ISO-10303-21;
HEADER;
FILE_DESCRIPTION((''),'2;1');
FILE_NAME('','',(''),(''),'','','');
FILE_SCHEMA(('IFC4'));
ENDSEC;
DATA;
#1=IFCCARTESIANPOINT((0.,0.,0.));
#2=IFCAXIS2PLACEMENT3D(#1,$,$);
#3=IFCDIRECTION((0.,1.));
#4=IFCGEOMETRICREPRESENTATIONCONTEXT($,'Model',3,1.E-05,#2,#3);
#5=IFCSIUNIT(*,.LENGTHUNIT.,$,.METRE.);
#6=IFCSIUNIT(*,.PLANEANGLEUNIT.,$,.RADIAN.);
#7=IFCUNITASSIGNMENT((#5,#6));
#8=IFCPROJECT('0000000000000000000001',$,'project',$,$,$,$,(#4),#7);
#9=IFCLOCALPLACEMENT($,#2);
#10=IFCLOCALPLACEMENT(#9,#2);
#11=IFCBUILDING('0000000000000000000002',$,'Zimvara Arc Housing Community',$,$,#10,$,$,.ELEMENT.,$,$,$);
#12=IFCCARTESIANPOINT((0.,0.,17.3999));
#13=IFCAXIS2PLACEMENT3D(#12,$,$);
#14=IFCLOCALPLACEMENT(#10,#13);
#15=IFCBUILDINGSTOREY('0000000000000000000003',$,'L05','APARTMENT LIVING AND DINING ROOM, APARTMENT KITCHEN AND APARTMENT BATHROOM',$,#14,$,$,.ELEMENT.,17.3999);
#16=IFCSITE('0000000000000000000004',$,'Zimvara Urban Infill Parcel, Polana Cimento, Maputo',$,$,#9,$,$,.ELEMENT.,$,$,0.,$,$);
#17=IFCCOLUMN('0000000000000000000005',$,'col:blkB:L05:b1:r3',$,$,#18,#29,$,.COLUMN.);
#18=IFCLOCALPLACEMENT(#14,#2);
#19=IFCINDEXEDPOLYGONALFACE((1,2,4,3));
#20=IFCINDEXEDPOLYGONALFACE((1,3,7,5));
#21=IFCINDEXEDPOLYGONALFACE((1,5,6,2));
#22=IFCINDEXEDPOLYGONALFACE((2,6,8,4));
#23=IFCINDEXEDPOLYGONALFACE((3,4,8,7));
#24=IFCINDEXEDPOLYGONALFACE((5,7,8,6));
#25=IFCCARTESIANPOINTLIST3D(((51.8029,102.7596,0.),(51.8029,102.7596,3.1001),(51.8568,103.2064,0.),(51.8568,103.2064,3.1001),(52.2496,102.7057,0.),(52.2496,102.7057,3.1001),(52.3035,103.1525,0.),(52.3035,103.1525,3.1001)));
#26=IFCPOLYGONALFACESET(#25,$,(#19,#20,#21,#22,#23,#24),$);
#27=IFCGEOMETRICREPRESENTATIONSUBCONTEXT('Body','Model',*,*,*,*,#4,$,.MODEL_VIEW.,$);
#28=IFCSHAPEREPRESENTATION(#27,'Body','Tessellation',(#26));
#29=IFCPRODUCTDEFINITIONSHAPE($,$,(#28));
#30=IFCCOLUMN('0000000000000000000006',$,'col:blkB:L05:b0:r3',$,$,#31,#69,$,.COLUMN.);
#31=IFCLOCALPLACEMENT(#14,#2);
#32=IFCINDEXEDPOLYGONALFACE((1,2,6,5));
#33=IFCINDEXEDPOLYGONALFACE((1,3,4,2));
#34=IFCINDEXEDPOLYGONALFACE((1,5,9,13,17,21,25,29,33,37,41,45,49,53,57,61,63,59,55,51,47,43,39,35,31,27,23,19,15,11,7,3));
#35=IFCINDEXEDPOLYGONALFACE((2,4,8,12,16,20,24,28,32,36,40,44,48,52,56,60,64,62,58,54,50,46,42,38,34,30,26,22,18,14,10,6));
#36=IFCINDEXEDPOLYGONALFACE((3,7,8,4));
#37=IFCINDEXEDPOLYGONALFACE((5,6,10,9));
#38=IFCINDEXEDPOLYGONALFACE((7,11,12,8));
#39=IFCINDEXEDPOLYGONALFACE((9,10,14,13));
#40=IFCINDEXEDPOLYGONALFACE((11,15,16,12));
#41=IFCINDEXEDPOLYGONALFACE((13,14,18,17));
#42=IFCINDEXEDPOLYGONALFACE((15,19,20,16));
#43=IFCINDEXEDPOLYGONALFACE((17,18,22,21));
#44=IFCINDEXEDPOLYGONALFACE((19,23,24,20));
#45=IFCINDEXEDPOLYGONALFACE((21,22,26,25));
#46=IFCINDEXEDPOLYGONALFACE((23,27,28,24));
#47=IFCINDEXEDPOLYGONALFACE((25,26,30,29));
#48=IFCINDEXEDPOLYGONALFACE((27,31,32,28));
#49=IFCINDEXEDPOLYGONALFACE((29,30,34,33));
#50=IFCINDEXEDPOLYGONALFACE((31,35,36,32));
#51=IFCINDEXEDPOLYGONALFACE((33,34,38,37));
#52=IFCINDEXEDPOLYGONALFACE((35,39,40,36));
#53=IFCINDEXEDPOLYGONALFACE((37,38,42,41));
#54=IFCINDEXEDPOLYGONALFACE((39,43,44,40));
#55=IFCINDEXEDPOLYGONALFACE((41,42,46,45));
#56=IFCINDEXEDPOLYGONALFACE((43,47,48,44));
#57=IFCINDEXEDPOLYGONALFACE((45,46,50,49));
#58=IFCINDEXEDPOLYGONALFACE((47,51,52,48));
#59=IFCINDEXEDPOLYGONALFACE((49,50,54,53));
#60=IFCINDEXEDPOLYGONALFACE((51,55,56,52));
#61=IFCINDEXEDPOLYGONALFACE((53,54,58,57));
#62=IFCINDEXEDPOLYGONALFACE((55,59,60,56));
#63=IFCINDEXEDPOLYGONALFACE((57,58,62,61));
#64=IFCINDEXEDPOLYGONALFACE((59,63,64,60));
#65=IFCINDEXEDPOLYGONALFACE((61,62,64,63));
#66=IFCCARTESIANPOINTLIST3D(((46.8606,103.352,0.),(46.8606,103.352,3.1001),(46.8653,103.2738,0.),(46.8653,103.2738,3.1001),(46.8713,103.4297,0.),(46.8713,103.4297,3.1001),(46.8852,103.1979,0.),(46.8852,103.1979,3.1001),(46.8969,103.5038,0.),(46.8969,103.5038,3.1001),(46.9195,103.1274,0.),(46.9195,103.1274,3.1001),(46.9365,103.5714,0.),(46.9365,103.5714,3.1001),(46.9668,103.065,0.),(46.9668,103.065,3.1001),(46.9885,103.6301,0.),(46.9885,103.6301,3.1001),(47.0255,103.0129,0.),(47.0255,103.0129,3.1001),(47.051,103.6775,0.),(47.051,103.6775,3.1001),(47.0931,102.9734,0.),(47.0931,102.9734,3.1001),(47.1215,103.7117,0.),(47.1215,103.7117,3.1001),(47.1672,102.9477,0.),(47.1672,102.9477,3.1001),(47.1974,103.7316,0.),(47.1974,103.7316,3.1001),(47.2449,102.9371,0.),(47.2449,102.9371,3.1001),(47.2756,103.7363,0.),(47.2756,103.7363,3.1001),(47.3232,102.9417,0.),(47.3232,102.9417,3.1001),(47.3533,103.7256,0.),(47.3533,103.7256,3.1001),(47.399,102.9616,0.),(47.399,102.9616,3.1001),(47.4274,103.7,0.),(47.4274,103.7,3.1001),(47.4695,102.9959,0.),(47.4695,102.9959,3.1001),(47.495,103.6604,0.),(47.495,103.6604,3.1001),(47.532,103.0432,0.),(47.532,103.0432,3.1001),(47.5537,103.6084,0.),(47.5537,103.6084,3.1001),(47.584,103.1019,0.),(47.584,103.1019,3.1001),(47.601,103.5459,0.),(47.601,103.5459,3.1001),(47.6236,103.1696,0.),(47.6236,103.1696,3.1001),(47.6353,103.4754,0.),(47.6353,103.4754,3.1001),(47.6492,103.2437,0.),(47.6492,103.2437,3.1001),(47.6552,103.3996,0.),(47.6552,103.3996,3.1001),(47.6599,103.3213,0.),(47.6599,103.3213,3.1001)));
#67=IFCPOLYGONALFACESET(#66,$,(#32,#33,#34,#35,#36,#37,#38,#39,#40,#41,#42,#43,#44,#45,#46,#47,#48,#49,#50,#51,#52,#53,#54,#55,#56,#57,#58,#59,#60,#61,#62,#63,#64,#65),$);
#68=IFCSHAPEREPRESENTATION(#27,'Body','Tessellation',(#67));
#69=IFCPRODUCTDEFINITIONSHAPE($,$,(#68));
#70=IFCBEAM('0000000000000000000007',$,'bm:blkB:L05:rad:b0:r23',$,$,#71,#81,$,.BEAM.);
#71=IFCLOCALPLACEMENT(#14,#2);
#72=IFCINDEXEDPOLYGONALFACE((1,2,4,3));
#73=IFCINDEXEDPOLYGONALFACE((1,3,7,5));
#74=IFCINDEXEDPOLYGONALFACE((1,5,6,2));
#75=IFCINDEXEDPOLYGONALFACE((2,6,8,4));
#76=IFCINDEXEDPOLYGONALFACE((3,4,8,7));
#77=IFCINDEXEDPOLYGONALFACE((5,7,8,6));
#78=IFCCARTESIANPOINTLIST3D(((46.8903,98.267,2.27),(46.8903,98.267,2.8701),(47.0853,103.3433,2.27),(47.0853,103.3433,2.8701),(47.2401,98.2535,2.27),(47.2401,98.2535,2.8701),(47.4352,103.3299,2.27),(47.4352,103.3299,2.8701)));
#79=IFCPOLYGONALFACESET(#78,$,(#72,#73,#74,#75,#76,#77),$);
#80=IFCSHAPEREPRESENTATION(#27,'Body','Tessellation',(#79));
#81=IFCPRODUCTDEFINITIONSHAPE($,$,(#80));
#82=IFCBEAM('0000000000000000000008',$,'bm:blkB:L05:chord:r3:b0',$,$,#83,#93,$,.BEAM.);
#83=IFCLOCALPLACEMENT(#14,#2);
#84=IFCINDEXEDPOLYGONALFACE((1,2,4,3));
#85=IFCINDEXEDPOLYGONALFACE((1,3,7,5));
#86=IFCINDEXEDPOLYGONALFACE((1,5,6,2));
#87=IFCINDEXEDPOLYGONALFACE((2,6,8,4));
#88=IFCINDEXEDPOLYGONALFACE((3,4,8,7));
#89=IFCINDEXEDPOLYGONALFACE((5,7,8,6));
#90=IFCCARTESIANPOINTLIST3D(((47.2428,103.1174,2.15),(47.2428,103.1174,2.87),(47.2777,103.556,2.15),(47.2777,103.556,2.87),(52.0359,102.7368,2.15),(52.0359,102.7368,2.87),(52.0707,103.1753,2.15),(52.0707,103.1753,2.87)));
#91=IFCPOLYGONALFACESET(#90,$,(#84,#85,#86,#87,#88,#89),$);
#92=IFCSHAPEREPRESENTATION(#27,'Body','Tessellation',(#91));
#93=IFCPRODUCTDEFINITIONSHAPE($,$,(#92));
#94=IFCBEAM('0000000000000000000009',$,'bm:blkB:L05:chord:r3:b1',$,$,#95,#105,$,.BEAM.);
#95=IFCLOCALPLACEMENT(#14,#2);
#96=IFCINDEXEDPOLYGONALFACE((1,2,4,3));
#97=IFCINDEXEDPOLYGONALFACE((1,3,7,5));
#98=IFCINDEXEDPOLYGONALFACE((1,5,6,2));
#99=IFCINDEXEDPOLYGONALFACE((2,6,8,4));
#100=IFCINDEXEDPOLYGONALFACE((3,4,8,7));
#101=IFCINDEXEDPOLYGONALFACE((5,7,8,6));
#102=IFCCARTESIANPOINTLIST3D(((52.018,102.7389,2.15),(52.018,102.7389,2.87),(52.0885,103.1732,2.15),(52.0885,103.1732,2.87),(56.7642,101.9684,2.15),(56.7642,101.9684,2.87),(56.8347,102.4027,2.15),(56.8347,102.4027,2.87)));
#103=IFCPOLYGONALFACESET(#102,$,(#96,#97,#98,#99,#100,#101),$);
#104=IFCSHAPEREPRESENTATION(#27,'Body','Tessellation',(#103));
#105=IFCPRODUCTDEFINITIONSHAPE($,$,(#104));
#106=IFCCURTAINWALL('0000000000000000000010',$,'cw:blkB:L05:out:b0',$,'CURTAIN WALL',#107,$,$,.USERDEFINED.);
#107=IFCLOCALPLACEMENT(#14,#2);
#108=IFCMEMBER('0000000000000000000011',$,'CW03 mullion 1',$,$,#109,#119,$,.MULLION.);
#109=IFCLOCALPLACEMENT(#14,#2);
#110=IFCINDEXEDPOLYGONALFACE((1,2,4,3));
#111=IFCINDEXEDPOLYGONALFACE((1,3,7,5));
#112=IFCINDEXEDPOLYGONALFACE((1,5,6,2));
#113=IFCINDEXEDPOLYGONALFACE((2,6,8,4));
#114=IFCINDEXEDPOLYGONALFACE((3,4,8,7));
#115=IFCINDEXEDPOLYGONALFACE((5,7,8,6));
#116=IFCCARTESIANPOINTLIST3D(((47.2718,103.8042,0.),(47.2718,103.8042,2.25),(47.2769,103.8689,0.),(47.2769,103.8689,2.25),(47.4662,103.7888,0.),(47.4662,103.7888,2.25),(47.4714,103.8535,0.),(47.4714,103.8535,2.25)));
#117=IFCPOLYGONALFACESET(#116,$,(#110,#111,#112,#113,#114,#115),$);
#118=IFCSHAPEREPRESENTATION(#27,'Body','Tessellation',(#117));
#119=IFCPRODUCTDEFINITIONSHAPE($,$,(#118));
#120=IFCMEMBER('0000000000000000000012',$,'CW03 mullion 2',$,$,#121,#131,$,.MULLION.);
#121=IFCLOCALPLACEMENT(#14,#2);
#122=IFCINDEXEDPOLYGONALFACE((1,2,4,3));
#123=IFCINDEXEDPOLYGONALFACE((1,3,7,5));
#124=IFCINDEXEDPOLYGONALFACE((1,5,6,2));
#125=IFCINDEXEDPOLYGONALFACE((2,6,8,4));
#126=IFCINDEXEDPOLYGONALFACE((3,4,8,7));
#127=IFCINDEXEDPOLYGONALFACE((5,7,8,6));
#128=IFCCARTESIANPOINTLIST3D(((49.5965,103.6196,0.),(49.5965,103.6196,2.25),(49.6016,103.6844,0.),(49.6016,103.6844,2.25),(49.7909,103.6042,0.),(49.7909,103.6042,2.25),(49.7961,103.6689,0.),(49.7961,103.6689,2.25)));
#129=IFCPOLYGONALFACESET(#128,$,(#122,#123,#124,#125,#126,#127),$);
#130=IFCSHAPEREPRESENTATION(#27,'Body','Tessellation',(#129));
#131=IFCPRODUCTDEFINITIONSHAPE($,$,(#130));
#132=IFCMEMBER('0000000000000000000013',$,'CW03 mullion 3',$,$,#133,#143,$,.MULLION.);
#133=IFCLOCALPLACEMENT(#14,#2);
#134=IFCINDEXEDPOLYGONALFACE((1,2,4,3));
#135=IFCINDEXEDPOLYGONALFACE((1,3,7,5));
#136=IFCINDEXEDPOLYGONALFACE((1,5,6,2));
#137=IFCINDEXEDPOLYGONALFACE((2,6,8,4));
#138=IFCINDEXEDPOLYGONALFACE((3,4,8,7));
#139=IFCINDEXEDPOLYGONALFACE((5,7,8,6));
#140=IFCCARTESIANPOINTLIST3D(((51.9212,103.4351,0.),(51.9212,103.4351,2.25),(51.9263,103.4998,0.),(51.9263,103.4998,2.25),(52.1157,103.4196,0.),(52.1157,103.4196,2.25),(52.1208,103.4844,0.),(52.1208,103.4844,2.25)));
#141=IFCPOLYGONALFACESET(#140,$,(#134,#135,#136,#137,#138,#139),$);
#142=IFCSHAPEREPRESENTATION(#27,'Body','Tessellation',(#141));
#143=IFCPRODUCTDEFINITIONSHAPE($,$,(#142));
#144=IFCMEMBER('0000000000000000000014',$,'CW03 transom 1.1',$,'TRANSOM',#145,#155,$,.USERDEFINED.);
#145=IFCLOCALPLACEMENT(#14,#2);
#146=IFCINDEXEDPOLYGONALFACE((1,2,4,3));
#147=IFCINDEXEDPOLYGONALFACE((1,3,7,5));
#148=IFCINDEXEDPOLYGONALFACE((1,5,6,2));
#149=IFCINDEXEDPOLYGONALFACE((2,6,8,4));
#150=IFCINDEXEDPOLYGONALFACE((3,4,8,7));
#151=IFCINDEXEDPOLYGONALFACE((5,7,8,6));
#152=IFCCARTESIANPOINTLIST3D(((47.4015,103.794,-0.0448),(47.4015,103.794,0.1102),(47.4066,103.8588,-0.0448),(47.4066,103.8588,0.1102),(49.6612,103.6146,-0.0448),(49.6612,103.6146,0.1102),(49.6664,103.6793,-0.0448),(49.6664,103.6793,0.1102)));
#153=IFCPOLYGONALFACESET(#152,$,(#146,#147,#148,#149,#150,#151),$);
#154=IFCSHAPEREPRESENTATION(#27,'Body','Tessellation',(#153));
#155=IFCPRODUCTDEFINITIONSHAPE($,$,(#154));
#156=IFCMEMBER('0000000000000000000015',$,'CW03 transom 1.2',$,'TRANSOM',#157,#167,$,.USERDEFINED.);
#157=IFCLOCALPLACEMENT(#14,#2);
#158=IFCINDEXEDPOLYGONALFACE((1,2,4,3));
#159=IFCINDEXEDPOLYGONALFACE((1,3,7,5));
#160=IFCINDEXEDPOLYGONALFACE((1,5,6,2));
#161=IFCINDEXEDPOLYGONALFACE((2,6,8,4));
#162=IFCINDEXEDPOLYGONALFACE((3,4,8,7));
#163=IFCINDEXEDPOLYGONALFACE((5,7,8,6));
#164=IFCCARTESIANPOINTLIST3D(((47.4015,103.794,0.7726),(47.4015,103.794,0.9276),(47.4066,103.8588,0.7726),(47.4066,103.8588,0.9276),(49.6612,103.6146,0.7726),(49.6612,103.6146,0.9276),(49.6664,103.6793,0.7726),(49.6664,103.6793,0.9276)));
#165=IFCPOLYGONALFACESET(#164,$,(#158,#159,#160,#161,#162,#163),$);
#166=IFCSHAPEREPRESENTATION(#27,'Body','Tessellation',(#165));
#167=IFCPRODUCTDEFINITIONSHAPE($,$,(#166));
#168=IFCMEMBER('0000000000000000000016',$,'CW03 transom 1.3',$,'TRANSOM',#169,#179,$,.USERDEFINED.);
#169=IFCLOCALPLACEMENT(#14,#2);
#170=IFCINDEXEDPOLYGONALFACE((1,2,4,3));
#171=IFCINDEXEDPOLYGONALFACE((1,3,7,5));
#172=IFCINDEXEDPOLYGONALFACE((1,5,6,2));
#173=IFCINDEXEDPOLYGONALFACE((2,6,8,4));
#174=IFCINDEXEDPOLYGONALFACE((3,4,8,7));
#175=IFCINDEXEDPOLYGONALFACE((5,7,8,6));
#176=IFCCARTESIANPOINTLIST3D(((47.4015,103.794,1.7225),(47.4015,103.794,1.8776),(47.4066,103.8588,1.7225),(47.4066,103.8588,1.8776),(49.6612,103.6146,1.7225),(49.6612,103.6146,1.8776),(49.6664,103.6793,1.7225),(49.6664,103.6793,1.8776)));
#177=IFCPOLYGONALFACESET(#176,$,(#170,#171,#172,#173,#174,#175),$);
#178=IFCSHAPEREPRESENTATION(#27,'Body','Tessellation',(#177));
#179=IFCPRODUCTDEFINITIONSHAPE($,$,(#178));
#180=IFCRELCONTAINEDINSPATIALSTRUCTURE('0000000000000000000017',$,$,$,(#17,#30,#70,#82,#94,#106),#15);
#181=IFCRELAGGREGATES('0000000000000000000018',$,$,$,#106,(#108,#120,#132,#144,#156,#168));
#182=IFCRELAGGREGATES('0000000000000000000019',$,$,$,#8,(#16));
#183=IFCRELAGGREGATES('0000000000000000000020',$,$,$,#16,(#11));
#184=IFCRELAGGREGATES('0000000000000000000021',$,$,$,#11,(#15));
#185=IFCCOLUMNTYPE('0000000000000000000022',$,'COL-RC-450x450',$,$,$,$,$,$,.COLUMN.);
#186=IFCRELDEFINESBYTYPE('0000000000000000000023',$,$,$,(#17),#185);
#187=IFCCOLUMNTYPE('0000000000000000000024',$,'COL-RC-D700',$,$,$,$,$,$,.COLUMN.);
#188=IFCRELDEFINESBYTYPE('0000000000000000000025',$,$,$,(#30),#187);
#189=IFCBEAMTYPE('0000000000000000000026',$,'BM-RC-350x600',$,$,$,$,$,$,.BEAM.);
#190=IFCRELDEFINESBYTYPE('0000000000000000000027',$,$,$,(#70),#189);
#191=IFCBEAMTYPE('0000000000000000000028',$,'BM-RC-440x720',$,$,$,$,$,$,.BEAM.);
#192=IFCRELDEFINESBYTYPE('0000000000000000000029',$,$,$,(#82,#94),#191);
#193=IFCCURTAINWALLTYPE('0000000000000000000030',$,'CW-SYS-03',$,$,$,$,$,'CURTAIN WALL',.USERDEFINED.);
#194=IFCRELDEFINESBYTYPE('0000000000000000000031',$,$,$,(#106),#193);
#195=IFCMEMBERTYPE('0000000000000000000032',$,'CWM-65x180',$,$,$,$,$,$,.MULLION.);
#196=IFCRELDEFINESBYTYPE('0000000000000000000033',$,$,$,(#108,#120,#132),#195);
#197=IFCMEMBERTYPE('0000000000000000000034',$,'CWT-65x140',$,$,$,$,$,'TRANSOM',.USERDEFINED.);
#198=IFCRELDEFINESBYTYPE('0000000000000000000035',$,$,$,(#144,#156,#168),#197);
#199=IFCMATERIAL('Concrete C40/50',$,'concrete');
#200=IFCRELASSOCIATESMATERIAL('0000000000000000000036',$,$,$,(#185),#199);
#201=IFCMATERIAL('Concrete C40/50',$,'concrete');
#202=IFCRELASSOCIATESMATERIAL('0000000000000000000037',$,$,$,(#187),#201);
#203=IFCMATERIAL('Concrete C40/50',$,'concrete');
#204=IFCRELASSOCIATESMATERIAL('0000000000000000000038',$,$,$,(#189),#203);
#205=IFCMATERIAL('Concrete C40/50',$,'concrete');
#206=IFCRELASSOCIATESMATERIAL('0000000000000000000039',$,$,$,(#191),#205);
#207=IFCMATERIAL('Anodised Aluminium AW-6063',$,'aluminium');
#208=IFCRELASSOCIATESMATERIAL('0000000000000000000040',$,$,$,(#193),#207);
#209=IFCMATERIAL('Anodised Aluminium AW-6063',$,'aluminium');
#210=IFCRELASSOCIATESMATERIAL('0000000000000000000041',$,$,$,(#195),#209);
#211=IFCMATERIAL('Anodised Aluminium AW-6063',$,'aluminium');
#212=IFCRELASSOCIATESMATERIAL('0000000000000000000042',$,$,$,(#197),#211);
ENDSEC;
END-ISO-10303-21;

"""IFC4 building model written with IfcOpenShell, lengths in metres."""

from ifc_helpers import new_model, si_unit, direction, frame, origin, origin_2d, place, context, subcontext, project, spatial, rectangle, circle, extrude, material, material_profile, profile_set, type_object, element, aggregate, save


model = new_model("IFC4")

# Units and contexts
model_context = context("Model", 3, precision=1e-05, world=origin(), true_north=direction((0.0, 1.0)))
body_context = subcontext(model_context, "Body", "Model", "MODEL_VIEW")
ifc_project = project(units=[si_unit("LENGTHUNIT", "METRE"), si_unit("PLANEANGLEUNIT", "RADIAN")], contexts=[model_context])

# Site, building, storey
site_placement = place(None, origin())
site = spatial("IfcSite", under=ifc_project, at=site_placement, Name="Zimvara Urban Infill Parcel, Polana Cimento, Maputo", CompositionType="ELEMENT", RefElevation=0.0)
building_placement = place(site_placement, origin())
building = spatial("IfcBuilding", under=site, at=building_placement, Name="Zimvara Arc Housing Community", CompositionType="ELEMENT")
storey_placement = place(building_placement, frame((0.0, 0.0, 17.3999)))
storey = spatial("IfcBuildingStorey", under=building, at=storey_placement, Name="L05", Description="APARTMENT LIVING AND DINING ROOM, APARTMENT KITCHEN AND APARTMENT BATHROOM", CompositionType="ELEMENT", Elevation=17.3999)

# Columns
ifc_material_1 = material(Name="Concrete C40/50", Category="concrete")
ifc_material_profile_1 = material_profile(ifc_material_1, rectangle(XDim=0.45, YDim=0.45, at=origin_2d()), Name="RC 450x450")
ifc_profile_set_1 = profile_set([ifc_material_profile_1], Name="Concrete C40/50")
column_type_1 = type_object("IfcColumnType", Name="COL-RC-450x450", PredefinedType="COLUMN", material=ifc_profile_set_1)
column_1_placement = place(storey_placement, frame((52.0532, 102.9561, 0.0), z_axis=(0.0, 0.0, 1.0), x_axis=(0.11979, 0.992799, 0.0)))
element("IfcColumn", 1, at=column_1_placement, inside=storey, type_object=column_type_1, Name="col:blkB:L05:b1:r3", PredefinedType="COLUMN", context=body_context, shape_type="SweptSolid", body=[
    extrude(rectangle(XDim=0.45, YDim=0.45, at=origin_2d()), origin(), (0.0, 0.0, 1.0), 3.1001),
])
ifc_material_2 = material(Name="Concrete C40/50", Category="concrete")
ifc_material_profile_2 = material_profile(ifc_material_2, circle(Radius=0.3999, at=origin_2d()), Name="RC D800")
ifc_profile_set_2 = profile_set([ifc_material_profile_2], Name="Concrete C40/50")
column_type_2 = type_object("IfcColumnType", Name="COL-RC-D700", PredefinedType="COLUMN", material=ifc_profile_set_2)
column_2_placement = place(storey_placement, frame((47.2603, 103.3367, 0.0), z_axis=(0.0, 0.0, 1.0), x_axis=(0.038388, 0.999263, 0.0)))
element("IfcColumn", 2, at=column_2_placement, inside=storey, type_object=column_type_2, Name="col:blkB:L05:b0:r3", PredefinedType="COLUMN", context=body_context, shape_type="SweptSolid", body=[
    extrude(circle(Radius=0.3999, at=origin_2d()), origin(), (0.0, 0.0, 1.0), 3.1001),
])

# Beams
ifc_material_3 = material(Name="Concrete C40/50", Category="concrete")
ifc_material_profile_3 = material_profile(ifc_material_3, rectangle(XDim=0.3501, YDim=0.6001, at=origin_2d()), Name="RC 350x600")
ifc_profile_set_3 = profile_set([ifc_material_profile_3], Name="Concrete C40/50")
beam_type_1 = type_object("IfcBeamType", Name="BM-RC-350x600", PredefinedType="BEAM", material=ifc_profile_set_3)
beam_1_placement = place(storey_placement, frame((47.0652, 98.2603, 2.5701), z_axis=(0.038398, 0.999263, 0.0), x_axis=(-0.999263, 0.038398, 0.0)))
element("IfcBeam", 3, at=beam_1_placement, inside=storey, type_object=beam_type_1, Name="bm:blkB:L05:rad:b0:r23", PredefinedType="BEAM", context=body_context, shape_type="SweptSolid", body=[
    extrude(rectangle(XDim=0.3501, YDim=0.6001, at=origin_2d()), origin(), (0.0, 0.0, 1.0), 5.0801),
])
ifc_material_4 = material(Name="Concrete C40/50", Category="concrete")
ifc_material_profile_4 = material_profile(ifc_material_4, rectangle(XDim=0.4399, YDim=0.72, at=origin_2d()), Name="RC 440x720")
ifc_profile_set_4 = profile_set([ifc_material_profile_4], Name="Concrete C40/50")
beam_type_2 = type_object("IfcBeamType", Name="BM-RC-440x720", PredefinedType="BEAM", material=ifc_profile_set_4)
beam_2_placement = place(storey_placement, frame((47.2603, 103.3367, 2.51), z_axis=(0.996862, -0.079162, 0.0), x_axis=(0.079162, 0.996862, 0.0)))
element("IfcBeam", 4, at=beam_2_placement, inside=storey, type_object=beam_type_2, Name="bm:blkB:L05:chord:r3:b0", PredefinedType="BEAM", context=body_context, shape_type="SweptSolid", body=[
    extrude(rectangle(XDim=0.4399, YDim=0.72, at=origin_2d()), origin(), (0.0, 0.0, 1.0), 4.8081),
])
beam_3_placement = place(storey_placement, frame((52.0532, 102.9561, 2.51), z_axis=(0.987077, -0.160248, 0.0), x_axis=(0.160248, 0.987077, 0.0)))
element("IfcBeam", 5, at=beam_3_placement, inside=storey, type_object=beam_type_2, Name="bm:blkB:L05:chord:r3:b1", PredefinedType="BEAM", context=body_context, shape_type="SweptSolid", body=[
    extrude(rectangle(XDim=0.4399, YDim=0.72, at=origin_2d()), origin(), (0.0, 0.0, 1.0), 4.8083),
])

# Curtain wall, members
ifc_material_5 = material(Name="Anodised Aluminium AW-6063", Category="aluminium")
curtain_wall_type = type_object("IfcCurtainWallType", Name="CW-SYS-03", ElementType="CURTAIN WALL", PredefinedType="USERDEFINED", material=ifc_material_5)
curtain_wall_placement = place(storey_placement, origin())
curtain_wall = element("IfcCurtainWall", 6, at=curtain_wall_placement, inside=storey, type_object=curtain_wall_type, Name="cw:blkB:L05:out:b0", ObjectType="CURTAIN WALL", PredefinedType="USERDEFINED")
ifc_material_6 = material(Name="Anodised Aluminium AW-6063", Category="aluminium")
ifc_material_profile_5 = material_profile(ifc_material_6, rectangle(XDim=0.0649, YDim=0.1951, at=origin_2d()), Name="ALU 65x195")
ifc_profile_set_5 = profile_set([ifc_material_profile_5], Name="Anodised Aluminium AW-6063")
member_type_1 = type_object("IfcMemberType", Name="CWM-65x180", PredefinedType="MULLION", material=ifc_profile_set_5)
member_1_placement = place(storey_placement, frame((47.3716, 103.8289, 0.0), z_axis=(0.0, 0.0, 1.0), x_axis=(0.079154, 0.996862, 0.0)))
member_1 = element("IfcMember", 7, at=member_1_placement, type_object=member_type_1, Name="CW03 mullion 1", PredefinedType="MULLION", context=body_context, shape_type="SweptSolid", body=[
    extrude(rectangle(XDim=0.0649, YDim=0.1951, at=origin_2d()), origin(), (0.0, 0.0, 1.0), 2.25),
])
member_2_placement = place(storey_placement, frame((49.6963, 103.6443, 0.0), z_axis=(0.0, 0.0, 1.0), x_axis=(0.079154, 0.996862, 0.0)))
member_2 = element("IfcMember", 8, at=member_2_placement, type_object=member_type_1, Name="CW03 mullion 2", PredefinedType="MULLION", context=body_context, shape_type="SweptSolid", body=[
    extrude(rectangle(XDim=0.0649, YDim=0.1951, at=origin_2d()), origin(), (0.0, 0.0, 1.0), 2.25),
])
member_3_placement = place(storey_placement, frame((52.021, 103.4597, 0.0), z_axis=(0.0, 0.0, 1.0), x_axis=(0.079154, 0.996862, 0.0)))
member_3 = element("IfcMember", 9, at=member_3_placement, type_object=member_type_1, Name="CW03 mullion 3", PredefinedType="MULLION", context=body_context, shape_type="SweptSolid", body=[
    extrude(rectangle(XDim=0.0649, YDim=0.1951, at=origin_2d()), origin(), (0.0, 0.0, 1.0), 2.25),
])
ifc_material_7 = material(Name="Anodised Aluminium AW-6063", Category="aluminium")
ifc_material_profile_6 = material_profile(ifc_material_7, rectangle(XDim=0.0649, YDim=0.155, at=origin_2d()), Name="ALU 65x155")
ifc_profile_set_6 = profile_set([ifc_material_profile_6], Name="Anodised Aluminium AW-6063")
member_type_2 = type_object("IfcMemberType", Name="CWT-65x140", ElementType="TRANSOM", PredefinedType="USERDEFINED", material=ifc_profile_set_6)
member_4_placement = place(storey_placement, frame((47.4041, 103.8264, 0.0327), z_axis=(0.996862, -0.079159, 0.0), x_axis=(0.079159, 0.996862, 0.0)))
member_4 = element("IfcMember", 10, at=member_4_placement, type_object=member_type_2, Name="CW03 transom 1.1", ObjectType="TRANSOM", PredefinedType="USERDEFINED", context=body_context, shape_type="SweptSolid", body=[
    extrude(rectangle(XDim=0.0649, YDim=0.155, at=origin_2d()), origin(), (0.0, 0.0, 1.0), 2.2668),
])
member_5_placement = place(storey_placement, frame((47.4041, 103.8264, 0.8501), z_axis=(0.996862, -0.079159, 0.0), x_axis=(0.079159, 0.996862, 0.0)))
member_5 = element("IfcMember", 11, at=member_5_placement, type_object=member_type_2, Name="CW03 transom 1.2", ObjectType="TRANSOM", PredefinedType="USERDEFINED", context=body_context, shape_type="SweptSolid", body=[
    extrude(rectangle(XDim=0.0649, YDim=0.155, at=origin_2d()), origin(), (0.0, 0.0, 1.0), 2.2668),
])
member_6_placement = place(storey_placement, frame((47.4041, 103.8264, 1.8), z_axis=(0.996862, -0.079159, 0.0), x_axis=(0.079159, 0.996862, 0.0)))
member_6 = element("IfcMember", 12, at=member_6_placement, type_object=member_type_2, Name="CW03 transom 1.3", ObjectType="TRANSOM", PredefinedType="USERDEFINED", context=body_context, shape_type="SweptSolid", body=[
    extrude(rectangle(XDim=0.0649, YDim=0.155, at=origin_2d()), origin(), (0.0, 0.0, 1.0), 2.2668),
])
aggregate(curtain_wall, [member_1, member_2, member_3, member_4, member_5, member_6])

save(model, "model.ifc")
